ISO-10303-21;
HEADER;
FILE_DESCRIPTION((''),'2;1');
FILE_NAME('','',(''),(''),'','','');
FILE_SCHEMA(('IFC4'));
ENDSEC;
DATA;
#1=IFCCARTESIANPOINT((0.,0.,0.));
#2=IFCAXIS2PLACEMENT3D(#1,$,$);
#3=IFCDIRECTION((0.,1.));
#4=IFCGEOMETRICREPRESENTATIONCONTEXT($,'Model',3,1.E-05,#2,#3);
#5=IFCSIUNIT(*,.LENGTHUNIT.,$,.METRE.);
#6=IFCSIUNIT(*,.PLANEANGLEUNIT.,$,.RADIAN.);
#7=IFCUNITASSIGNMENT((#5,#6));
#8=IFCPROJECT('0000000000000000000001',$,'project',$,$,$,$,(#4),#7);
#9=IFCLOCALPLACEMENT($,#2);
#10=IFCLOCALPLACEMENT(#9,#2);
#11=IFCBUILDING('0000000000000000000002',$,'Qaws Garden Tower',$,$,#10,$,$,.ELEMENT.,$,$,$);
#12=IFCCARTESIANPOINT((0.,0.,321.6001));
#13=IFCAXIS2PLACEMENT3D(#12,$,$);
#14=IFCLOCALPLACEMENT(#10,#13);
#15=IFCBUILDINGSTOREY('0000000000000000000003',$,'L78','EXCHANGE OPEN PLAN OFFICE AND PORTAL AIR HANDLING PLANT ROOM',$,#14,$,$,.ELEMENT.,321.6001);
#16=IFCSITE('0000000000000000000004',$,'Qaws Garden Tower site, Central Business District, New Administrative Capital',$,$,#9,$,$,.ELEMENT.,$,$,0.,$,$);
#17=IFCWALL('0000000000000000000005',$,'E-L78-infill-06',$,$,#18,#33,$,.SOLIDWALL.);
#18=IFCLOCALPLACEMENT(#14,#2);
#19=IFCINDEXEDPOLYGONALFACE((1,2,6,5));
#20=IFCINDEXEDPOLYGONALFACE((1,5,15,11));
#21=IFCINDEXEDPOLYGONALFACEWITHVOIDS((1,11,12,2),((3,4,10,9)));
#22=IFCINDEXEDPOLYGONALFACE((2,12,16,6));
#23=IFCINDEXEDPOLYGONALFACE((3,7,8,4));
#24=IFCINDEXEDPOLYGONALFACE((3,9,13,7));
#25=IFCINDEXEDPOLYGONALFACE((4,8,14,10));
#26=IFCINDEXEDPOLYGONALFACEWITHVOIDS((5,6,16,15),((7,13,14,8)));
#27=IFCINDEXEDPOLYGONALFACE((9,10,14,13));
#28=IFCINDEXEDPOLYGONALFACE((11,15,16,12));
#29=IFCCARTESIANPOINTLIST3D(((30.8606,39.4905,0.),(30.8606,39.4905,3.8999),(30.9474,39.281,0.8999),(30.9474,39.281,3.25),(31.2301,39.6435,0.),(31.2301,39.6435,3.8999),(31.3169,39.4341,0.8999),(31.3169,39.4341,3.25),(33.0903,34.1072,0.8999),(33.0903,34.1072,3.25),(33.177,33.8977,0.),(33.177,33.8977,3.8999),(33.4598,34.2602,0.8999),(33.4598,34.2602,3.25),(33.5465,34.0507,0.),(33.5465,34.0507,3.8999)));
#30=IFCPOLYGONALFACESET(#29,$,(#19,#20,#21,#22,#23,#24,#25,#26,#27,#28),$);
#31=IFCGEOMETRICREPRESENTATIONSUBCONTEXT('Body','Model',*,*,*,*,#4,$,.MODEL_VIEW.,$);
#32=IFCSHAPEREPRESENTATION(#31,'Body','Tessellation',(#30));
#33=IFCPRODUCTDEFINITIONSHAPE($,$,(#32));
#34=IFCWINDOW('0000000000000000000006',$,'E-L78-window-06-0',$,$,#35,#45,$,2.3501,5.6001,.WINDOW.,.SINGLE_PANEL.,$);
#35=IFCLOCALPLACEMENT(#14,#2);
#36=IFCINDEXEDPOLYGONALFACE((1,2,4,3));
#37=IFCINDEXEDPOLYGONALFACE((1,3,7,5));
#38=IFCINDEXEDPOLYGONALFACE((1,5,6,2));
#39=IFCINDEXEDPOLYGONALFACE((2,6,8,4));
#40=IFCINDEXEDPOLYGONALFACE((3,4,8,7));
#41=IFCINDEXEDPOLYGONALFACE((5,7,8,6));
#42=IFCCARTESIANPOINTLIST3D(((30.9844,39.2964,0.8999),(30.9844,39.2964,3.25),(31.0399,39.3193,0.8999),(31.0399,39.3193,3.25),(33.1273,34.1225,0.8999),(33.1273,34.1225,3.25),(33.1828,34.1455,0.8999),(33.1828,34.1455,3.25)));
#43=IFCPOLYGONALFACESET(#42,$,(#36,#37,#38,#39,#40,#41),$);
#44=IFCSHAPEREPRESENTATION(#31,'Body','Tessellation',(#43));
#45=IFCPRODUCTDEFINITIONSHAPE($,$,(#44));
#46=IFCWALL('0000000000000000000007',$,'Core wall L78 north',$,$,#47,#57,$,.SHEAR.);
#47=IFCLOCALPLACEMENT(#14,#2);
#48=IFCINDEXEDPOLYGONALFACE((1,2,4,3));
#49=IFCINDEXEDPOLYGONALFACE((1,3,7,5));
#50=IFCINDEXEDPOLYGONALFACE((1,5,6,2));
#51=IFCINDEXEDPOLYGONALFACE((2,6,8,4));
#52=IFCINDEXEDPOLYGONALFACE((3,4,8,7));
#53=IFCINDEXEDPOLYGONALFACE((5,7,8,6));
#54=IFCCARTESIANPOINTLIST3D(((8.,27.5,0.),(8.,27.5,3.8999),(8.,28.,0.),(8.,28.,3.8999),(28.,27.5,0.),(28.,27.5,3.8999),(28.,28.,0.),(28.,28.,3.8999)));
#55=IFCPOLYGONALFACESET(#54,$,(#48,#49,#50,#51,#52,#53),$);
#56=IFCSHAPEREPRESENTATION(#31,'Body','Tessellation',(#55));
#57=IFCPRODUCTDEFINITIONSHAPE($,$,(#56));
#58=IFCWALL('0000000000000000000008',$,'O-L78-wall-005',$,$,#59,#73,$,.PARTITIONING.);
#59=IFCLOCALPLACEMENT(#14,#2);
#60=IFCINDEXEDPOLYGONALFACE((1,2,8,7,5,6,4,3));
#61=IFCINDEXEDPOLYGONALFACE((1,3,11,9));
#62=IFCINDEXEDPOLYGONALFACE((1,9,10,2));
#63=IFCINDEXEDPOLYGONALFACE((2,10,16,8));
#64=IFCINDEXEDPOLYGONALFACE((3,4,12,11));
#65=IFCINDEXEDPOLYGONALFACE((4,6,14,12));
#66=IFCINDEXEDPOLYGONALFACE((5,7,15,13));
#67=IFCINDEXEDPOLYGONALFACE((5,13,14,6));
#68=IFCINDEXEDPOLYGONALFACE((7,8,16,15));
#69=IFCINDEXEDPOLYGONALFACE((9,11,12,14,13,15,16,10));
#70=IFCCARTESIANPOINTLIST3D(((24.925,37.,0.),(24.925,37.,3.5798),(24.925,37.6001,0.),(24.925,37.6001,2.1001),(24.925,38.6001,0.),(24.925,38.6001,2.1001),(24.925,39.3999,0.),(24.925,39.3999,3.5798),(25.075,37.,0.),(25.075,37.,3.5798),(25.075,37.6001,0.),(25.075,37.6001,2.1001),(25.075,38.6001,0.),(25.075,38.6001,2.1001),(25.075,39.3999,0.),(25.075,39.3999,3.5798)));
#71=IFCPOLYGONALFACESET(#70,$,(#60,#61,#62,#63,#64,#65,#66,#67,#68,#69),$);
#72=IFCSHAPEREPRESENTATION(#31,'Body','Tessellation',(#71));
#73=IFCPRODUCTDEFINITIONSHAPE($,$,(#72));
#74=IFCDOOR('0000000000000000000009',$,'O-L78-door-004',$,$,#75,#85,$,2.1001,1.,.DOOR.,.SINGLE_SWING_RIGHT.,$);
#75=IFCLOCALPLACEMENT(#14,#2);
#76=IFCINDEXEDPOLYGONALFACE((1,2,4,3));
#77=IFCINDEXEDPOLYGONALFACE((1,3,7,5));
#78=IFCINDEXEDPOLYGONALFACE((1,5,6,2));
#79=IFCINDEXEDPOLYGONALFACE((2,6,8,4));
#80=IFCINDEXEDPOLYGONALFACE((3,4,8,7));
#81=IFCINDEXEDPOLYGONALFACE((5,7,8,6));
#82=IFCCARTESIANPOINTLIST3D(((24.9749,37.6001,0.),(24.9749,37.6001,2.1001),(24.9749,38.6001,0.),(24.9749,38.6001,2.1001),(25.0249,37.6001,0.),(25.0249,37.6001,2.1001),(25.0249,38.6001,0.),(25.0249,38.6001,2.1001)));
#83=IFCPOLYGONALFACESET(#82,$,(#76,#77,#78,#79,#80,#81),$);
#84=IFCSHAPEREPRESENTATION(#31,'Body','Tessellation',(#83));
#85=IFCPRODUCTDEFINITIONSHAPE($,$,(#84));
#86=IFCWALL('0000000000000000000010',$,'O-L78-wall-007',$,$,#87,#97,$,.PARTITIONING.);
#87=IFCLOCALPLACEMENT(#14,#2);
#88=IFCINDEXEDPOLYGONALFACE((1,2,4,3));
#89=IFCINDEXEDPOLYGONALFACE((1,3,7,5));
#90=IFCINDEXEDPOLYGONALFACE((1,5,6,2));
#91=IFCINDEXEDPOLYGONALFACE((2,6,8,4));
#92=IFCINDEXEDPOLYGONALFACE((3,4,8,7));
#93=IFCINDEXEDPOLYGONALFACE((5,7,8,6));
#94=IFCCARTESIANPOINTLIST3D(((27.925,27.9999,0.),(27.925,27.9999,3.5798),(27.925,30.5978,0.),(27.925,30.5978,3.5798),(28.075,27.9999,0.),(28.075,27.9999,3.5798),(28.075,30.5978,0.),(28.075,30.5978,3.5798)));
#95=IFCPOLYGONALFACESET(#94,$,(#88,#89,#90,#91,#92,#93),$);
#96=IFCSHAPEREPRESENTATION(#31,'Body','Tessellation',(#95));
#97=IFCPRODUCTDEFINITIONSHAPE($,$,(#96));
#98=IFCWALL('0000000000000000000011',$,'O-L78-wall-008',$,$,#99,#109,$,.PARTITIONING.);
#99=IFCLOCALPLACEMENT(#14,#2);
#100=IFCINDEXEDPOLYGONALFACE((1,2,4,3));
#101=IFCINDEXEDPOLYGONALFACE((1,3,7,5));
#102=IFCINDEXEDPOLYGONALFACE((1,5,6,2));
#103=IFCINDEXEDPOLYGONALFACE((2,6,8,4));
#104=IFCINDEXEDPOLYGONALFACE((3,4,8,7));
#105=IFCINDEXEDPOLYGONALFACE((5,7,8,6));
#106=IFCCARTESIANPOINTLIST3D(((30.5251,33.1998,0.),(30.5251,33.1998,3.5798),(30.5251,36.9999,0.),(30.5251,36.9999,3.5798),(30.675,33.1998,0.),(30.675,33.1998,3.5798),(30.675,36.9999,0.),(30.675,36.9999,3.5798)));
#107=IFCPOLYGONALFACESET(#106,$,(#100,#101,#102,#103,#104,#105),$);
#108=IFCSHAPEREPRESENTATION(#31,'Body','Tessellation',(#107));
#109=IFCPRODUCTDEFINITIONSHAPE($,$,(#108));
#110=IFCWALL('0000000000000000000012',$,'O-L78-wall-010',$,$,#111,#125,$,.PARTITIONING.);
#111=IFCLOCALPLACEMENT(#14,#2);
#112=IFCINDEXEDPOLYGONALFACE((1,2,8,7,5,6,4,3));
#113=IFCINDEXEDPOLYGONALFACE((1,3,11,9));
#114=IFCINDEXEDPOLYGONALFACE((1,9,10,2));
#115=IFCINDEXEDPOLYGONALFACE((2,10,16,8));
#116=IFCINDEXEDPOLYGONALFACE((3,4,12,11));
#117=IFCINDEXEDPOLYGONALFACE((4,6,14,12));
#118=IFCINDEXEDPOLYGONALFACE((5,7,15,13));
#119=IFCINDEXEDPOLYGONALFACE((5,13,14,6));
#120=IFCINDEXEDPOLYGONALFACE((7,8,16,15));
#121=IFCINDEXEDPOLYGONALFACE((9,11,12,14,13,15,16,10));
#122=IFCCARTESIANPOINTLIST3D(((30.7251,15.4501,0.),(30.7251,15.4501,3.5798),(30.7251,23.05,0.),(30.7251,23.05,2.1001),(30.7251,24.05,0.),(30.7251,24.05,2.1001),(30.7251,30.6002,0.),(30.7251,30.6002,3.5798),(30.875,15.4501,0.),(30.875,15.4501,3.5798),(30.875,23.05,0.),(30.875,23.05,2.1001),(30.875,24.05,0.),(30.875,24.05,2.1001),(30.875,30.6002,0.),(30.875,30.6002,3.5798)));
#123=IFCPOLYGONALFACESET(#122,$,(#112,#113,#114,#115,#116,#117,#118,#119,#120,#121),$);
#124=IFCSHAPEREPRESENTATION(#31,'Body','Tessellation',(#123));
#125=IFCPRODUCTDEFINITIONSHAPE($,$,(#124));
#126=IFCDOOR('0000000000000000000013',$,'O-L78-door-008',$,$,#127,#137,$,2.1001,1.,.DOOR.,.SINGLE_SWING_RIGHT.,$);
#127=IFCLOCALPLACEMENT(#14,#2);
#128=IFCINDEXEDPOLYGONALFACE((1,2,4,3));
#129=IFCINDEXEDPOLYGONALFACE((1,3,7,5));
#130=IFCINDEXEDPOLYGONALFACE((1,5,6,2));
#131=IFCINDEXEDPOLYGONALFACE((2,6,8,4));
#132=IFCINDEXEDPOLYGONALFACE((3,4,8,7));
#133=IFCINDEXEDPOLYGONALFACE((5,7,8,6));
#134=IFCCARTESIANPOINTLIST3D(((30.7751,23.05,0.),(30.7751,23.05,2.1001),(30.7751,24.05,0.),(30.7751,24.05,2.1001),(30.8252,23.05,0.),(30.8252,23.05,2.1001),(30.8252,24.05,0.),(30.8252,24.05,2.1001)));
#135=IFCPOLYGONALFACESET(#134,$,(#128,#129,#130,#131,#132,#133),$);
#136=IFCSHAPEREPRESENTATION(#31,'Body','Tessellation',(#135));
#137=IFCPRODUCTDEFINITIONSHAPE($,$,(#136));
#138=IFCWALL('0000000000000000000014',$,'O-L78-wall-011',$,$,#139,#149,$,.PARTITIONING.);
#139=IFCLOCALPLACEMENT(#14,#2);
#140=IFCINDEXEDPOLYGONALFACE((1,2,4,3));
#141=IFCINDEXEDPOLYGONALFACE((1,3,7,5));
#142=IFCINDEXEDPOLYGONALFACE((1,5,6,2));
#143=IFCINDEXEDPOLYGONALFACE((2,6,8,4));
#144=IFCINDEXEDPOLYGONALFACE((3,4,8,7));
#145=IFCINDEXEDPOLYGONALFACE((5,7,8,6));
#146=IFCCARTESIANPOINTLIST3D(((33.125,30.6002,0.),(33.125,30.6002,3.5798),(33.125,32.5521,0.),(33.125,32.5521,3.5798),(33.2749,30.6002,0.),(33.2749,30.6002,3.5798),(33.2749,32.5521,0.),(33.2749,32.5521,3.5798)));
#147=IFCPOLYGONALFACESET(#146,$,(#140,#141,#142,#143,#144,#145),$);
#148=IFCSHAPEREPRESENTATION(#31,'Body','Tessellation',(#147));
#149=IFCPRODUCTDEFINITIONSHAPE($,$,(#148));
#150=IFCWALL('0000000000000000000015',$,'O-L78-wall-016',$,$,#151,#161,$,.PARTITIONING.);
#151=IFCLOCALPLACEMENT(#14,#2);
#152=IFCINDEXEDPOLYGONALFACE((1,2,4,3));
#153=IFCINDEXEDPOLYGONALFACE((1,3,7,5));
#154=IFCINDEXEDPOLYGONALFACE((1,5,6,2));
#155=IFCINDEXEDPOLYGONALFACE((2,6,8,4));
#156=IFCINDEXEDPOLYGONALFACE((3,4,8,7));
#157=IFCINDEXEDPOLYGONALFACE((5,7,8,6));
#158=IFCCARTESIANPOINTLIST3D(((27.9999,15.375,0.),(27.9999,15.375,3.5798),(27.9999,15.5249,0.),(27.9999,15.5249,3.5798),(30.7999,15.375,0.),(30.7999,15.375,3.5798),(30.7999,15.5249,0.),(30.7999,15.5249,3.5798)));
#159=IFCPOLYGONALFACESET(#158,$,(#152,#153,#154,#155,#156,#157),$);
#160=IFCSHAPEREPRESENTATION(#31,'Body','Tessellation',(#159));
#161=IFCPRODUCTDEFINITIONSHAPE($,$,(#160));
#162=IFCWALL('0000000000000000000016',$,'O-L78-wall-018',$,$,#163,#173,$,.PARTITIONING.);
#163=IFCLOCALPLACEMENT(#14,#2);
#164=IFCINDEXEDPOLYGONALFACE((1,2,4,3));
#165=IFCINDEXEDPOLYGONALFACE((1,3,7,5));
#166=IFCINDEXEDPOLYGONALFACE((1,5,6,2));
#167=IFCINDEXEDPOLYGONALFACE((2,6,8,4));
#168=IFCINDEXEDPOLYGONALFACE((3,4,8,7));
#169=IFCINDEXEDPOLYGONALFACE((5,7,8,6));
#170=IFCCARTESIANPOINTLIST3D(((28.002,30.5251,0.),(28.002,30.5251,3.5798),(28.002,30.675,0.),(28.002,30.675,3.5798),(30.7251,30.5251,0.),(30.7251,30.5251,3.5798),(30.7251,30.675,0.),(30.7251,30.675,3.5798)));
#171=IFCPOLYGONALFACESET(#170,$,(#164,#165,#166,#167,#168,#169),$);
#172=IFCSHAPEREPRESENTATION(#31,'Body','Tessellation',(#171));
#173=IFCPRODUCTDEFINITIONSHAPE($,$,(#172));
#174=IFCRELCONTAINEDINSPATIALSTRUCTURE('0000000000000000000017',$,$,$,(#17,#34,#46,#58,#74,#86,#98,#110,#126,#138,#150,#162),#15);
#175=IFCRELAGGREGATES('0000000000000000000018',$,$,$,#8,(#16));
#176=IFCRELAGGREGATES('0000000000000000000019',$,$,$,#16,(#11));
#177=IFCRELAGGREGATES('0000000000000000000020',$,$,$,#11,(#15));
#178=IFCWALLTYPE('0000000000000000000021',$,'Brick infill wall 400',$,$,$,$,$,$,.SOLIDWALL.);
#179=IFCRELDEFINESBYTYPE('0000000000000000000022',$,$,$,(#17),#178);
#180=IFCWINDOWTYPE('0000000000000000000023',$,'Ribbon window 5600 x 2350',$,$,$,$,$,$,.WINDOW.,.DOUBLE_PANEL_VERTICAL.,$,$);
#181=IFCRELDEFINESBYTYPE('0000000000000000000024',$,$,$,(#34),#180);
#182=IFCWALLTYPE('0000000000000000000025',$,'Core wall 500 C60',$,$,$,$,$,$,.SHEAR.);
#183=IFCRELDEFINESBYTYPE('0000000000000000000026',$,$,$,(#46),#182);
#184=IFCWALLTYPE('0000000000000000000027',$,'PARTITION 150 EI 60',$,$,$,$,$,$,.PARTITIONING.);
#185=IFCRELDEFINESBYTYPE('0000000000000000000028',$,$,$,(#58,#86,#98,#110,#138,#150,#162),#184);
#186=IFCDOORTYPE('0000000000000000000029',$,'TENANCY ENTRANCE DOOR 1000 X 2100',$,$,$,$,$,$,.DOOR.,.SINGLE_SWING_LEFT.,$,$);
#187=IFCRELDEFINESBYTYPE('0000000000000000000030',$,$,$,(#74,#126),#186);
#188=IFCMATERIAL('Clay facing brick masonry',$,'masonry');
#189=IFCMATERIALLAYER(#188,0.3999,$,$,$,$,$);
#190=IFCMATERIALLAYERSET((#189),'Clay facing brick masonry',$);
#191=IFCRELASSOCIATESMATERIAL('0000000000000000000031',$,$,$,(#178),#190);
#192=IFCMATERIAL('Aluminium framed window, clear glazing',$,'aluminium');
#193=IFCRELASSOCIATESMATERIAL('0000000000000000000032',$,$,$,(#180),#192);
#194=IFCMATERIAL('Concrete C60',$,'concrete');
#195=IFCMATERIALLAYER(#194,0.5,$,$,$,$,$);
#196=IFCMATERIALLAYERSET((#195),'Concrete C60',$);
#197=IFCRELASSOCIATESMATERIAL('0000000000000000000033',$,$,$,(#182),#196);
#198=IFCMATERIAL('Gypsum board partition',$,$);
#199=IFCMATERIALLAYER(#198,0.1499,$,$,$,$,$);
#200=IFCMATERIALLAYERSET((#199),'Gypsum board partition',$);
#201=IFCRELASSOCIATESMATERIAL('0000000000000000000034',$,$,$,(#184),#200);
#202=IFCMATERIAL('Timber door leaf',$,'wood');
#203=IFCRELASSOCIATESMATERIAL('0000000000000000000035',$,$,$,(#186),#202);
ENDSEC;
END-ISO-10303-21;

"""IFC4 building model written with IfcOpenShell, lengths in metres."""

from ifc_helpers import new_model, si_unit, direction, frame, frame_2d, origin, place, context, subcontext, project, spatial, rectangle, extrude, material, layer, layer_set, type_object, element, fill, save


model = new_model("IFC4")

# Units and contexts
model_context = context("Model", 3, precision=1e-05, world=origin(), true_north=direction((0.0, 1.0)))
body_context = subcontext(model_context, "Body", "Model", "MODEL_VIEW")
ifc_project = project(units=[si_unit("LENGTHUNIT", "METRE"), si_unit("PLANEANGLEUNIT", "RADIAN")], contexts=[model_context])

# Site, building, storey
site_placement = place(None, origin())
site = spatial("IfcSite", under=ifc_project, at=site_placement, Name="Qaws Garden Tower site, Central Business District, New Administrative Capital", CompositionType="ELEMENT", RefElevation=0.0)
building_placement = place(site_placement, origin())
building = spatial("IfcBuilding", under=site, at=building_placement, Name="Qaws Garden Tower", CompositionType="ELEMENT")
storey_placement = place(building_placement, frame((0.0, 0.0, 321.6001)))
storey = spatial("IfcBuildingStorey", under=building, at=storey_placement, Name="L78", Description="EXCHANGE OPEN PLAN OFFICE AND PORTAL AIR HANDLING PLANT ROOM", CompositionType="ELEMENT", Elevation=321.6001)

# Wall, opening, window
ifc_material_1 = material(Name="Clay facing brick masonry", Category="masonry")
ifc_layer_1 = layer(ifc_material_1, 0.3999)
ifc_layer_set_1 = layer_set([ifc_layer_1], Name="Clay facing brick masonry")
wall_type_1 = type_object("IfcWallType", Name="Brick infill wall 400", PredefinedType="SOLIDWALL", material=ifc_layer_set_1)
ifc_material_2 = material(Name="Aluminium framed window, clear glazing", Category="aluminium")
window_type = type_object("IfcWindowType", Name="Ribbon window 5600 x 2350", PartitioningType="DOUBLE_PANEL_VERTICAL", PredefinedType="WINDOW", material=ifc_material_2)
wall_1_placement = place(storey_placement, frame((33.3618, 33.9741, 0.0), z_axis=(0.0, 0.0, 1.0), x_axis=(-0.382656, 0.923891, 0.0)))
wall_1 = element("IfcWall", 1, at=wall_1_placement, inside=storey, type_object=wall_type_1, Name="E-L78-infill-06", PredefinedType="SOLIDWALL", context=body_context, shape_type="SweptSolid", body=[
    extrude(rectangle(XDim=6.0535, YDim=0.3999, at=frame_2d((3.0269, 0.0))), origin(), (0.0, 0.0, 1.0), 3.8999),
])
opening_1_placement = place(wall_1_placement, frame((0.2268, 0.0, 0.8999)))
opening_1 = element("IfcOpeningElement", 2, at=opening_1_placement, cuts=wall_1, PredefinedType="OPENING", context=body_context, shape_type="SweptSolid", body=[
    extrude(rectangle(XDim=5.6001, YDim=2.3501, at=frame_2d((2.8, 1.175))), frame((0.0, 0.21, 0.0), z_axis=(0.0, -1.0, 0.0), x_axis=(1.0, 0.0, 0.0)), (0.0, 0.0, 1.0), 0.4199),
])
window_1_placement = place(opening_1_placement, origin())
window_1 = element("IfcWindow", 3, at=window_1_placement, inside=storey, type_object=window_type, Name="E-L78-window-06-0", OverallHeight=2.3501, OverallWidth=5.6001, PartitioningType="SINGLE_PANEL", PredefinedType="WINDOW", context=body_context, shape_type="SweptSolid", body=[
    extrude(rectangle(XDim=5.6001, YDim=2.3501, at=frame_2d((2.8, 1.175))), frame((0.0, 0.1599, 0.0), z_axis=(0.0, -1.0, 0.0), x_axis=(1.0, 0.0, 0.0)), (0.0, 0.0, 1.0), 0.0601),
])
fill(opening_1, window_1)

# Wall
ifc_material_3 = material(Name="Concrete C60", Category="concrete")
ifc_layer_2 = layer(ifc_material_3, 0.5)
ifc_layer_set_2 = layer_set([ifc_layer_2], Name="Concrete C60")
wall_type_2 = type_object("IfcWallType", Name="Core wall 500 C60", PredefinedType="SHEAR", material=ifc_layer_set_2)
wall_2_placement = place(storey_placement, frame((28.0, 27.75, 0.0), z_axis=(0.0, 0.0, 1.0), x_axis=(-1.0, 0.0, 0.0)))
element("IfcWall", 4, at=wall_2_placement, inside=storey, type_object=wall_type_2, Name="Core wall L78 north", PredefinedType="SHEAR", context=body_context, shape_type="SweptSolid", body=[
    extrude(rectangle(XDim=20.0, YDim=0.5, at=frame_2d((10.0, 0.0))), origin(), (0.0, 0.0, 1.0), 3.8999),
])

# Wall, opening, door
ifc_material_4 = material(Name="Gypsum board partition")
ifc_layer_3 = layer(ifc_material_4, 0.1499)
ifc_layer_set_3 = layer_set([ifc_layer_3], Name="Gypsum board partition")
wall_type_3 = type_object("IfcWallType", Name="PARTITION 150 EI 60", PredefinedType="PARTITIONING", material=ifc_layer_set_3)
wall_3_placement = place(storey_placement, frame((25.0, 37.0, 0.0), z_axis=(0.0, 0.0, 1.0), x_axis=(0.0, 1.0, 0.0)))
wall_3 = element("IfcWall", 5, at=wall_3_placement, inside=storey, type_object=wall_type_3, Name="O-L78-wall-005", PredefinedType="PARTITIONING", context=body_context, shape_type="SweptSolid", body=[
    extrude(rectangle(XDim=2.3999, YDim=0.1499, at=frame_2d((1.2, 0.0))), origin(), (0.0, 0.0, 1.0), 3.5798),
])
opening_2_placement = place(wall_3_placement, frame((0.6001, 0.0, 0.0)))
opening_2 = element("IfcOpeningElement", 6, at=opening_2_placement, cuts=wall_3, PredefinedType="OPENING", context=body_context, shape_type="SweptSolid", body=[
    extrude(rectangle(XDim=1.0, YDim=2.1001, at=frame_2d((0.5, 1.05))), frame((0.0, 0.085, 0.0), z_axis=(0.0, -1.0, 0.0), x_axis=(1.0, 0.0, 0.0)), (0.0, 0.0, 1.0), 0.1699),
])
ifc_material_5 = material(Name="Timber door leaf", Category="wood")
door_type = type_object("IfcDoorType", Name="TENANCY ENTRANCE DOOR 1000 X 2100", OperationType="SINGLE_SWING_LEFT", PredefinedType="DOOR", material=ifc_material_5)
door_1_placement = place(opening_2_placement, frame((1.0, 0.0, 0.0), z_axis=(0.0, 0.0, 1.0), x_axis=(-1.0, 0.0, 0.0)))
door_1 = element("IfcDoor", 7, at=door_1_placement, inside=storey, type_object=door_type, Name="O-L78-door-004", OperationType="SINGLE_SWING_RIGHT", OverallHeight=2.1001, OverallWidth=1.0, PredefinedType="DOOR", context=body_context, shape_type="SweptSolid", body=[
    extrude(rectangle(XDim=1.0, YDim=2.1001, at=frame_2d((0.5, 1.05))), frame((0.0, 0.0249, 0.0), z_axis=(0.0, -1.0, 0.0), x_axis=(1.0, 0.0, 0.0)), (0.0, 0.0, 1.0), 0.05),
])
fill(opening_2, door_1)

# Walls
wall_4_placement = place(storey_placement, frame((28.0, 28.0, 0.0), z_axis=(0.0, 0.0, 1.0), x_axis=(0.0, 1.0, 0.0)))
element("IfcWall", 8, at=wall_4_placement, inside=storey, type_object=wall_type_3, Name="O-L78-wall-007", PredefinedType="PARTITIONING", context=body_context, shape_type="SweptSolid", body=[
    extrude(rectangle(XDim=2.5979, YDim=0.1499, at=frame_2d((1.2988, 0.0))), origin(), (0.0, 0.0, 1.0), 3.5798),
])
wall_5_placement = place(storey_placement, frame((30.6001, 33.2, 0.0), z_axis=(0.0, 0.0, 1.0), x_axis=(0.0, 1.0, 0.0)))
element("IfcWall", 9, at=wall_5_placement, inside=storey, type_object=wall_type_3, Name="O-L78-wall-008", PredefinedType="PARTITIONING", context=body_context, shape_type="SweptSolid", body=[
    extrude(rectangle(XDim=3.8, YDim=0.1499, at=frame_2d((1.8999, 0.0))), origin(), (0.0, 0.0, 1.0), 3.5798),
])

# Wall, opening, door
wall_6_placement = place(storey_placement, frame((30.8, 15.45, 0.0), z_axis=(0.0, 0.0, 1.0), x_axis=(0.0, 1.0, 0.0)))
wall_6 = element("IfcWall", 10, at=wall_6_placement, inside=storey, type_object=wall_type_3, Name="O-L78-wall-010", PredefinedType="PARTITIONING", context=body_context, shape_type="SweptSolid", body=[
    extrude(rectangle(XDim=15.1501, YDim=0.1499, at=frame_2d((7.5752, 0.0))), origin(), (0.0, 0.0, 1.0), 3.5798),
])
opening_3_placement = place(wall_6_placement, frame((7.6001, 0.0, 0.0)))
opening_3 = element("IfcOpeningElement", 11, at=opening_3_placement, cuts=wall_6, PredefinedType="OPENING", context=body_context, shape_type="SweptSolid", body=[
    extrude(rectangle(XDim=1.0, YDim=2.1001, at=frame_2d((0.5, 1.05))), frame((0.0, 0.085, 0.0), z_axis=(0.0, -1.0, 0.0), x_axis=(1.0, 0.0, 0.0)), (0.0, 0.0, 1.0), 0.1699),
])
door_2_placement = place(opening_3_placement, origin())
door_2 = element("IfcDoor", 12, at=door_2_placement, inside=storey, type_object=door_type, Name="O-L78-door-008", OperationType="SINGLE_SWING_RIGHT", OverallHeight=2.1001, OverallWidth=1.0, PredefinedType="DOOR", context=body_context, shape_type="SweptSolid", body=[
    extrude(rectangle(XDim=1.0, YDim=2.1001, at=frame_2d((0.5, 1.05))), frame((0.0, 0.0249, 0.0), z_axis=(0.0, -1.0, 0.0), x_axis=(1.0, 0.0, 0.0)), (0.0, 0.0, 1.0), 0.05),
])
fill(opening_3, door_2)

# Walls
wall_7_placement = place(storey_placement, frame((33.2, 30.6001, 0.0), z_axis=(0.0, 0.0, 1.0), x_axis=(0.0, 1.0, 0.0)))
element("IfcWall", 13, at=wall_7_placement, inside=storey, type_object=wall_type_3, Name="O-L78-wall-011", PredefinedType="PARTITIONING", context=body_context, shape_type="SweptSolid", body=[
    extrude(rectangle(XDim=1.9519, YDim=0.1499, at=frame_2d((0.9761, 0.0))), origin(), (0.0, 0.0, 1.0), 3.5798),
])
wall_8_placement = place(storey_placement, frame((28.0, 15.45, 0.0), z_axis=(0.0, 0.0, 1.0), x_axis=(1.0, 0.0, 0.0)))
element("IfcWall", 14, at=wall_8_placement, inside=storey, type_object=wall_type_3, Name="O-L78-wall-016", PredefinedType="PARTITIONING", context=body_context, shape_type="SweptSolid", body=[
    extrude(rectangle(XDim=2.8, YDim=0.1499, at=frame_2d((1.3999, 0.0))), origin(), (0.0, 0.0, 1.0), 3.5798),
])
wall_9_placement = place(storey_placement, frame((28.002, 30.6001, 0.0), z_axis=(0.0, 0.0, 1.0), x_axis=(1.0, 0.0, 0.0)))
element("IfcWall", 15, at=wall_9_placement, inside=storey, type_object=wall_type_3, Name="O-L78-wall-018", PredefinedType="PARTITIONING", context=body_context, shape_type="SweptSolid", body=[
    extrude(rectangle(XDim=2.7231, YDim=0.1499, at=frame_2d((1.3616, 0.0))), origin(), (0.0, 0.0, 1.0), 3.5798),
])

save(model, "model.ifc")
